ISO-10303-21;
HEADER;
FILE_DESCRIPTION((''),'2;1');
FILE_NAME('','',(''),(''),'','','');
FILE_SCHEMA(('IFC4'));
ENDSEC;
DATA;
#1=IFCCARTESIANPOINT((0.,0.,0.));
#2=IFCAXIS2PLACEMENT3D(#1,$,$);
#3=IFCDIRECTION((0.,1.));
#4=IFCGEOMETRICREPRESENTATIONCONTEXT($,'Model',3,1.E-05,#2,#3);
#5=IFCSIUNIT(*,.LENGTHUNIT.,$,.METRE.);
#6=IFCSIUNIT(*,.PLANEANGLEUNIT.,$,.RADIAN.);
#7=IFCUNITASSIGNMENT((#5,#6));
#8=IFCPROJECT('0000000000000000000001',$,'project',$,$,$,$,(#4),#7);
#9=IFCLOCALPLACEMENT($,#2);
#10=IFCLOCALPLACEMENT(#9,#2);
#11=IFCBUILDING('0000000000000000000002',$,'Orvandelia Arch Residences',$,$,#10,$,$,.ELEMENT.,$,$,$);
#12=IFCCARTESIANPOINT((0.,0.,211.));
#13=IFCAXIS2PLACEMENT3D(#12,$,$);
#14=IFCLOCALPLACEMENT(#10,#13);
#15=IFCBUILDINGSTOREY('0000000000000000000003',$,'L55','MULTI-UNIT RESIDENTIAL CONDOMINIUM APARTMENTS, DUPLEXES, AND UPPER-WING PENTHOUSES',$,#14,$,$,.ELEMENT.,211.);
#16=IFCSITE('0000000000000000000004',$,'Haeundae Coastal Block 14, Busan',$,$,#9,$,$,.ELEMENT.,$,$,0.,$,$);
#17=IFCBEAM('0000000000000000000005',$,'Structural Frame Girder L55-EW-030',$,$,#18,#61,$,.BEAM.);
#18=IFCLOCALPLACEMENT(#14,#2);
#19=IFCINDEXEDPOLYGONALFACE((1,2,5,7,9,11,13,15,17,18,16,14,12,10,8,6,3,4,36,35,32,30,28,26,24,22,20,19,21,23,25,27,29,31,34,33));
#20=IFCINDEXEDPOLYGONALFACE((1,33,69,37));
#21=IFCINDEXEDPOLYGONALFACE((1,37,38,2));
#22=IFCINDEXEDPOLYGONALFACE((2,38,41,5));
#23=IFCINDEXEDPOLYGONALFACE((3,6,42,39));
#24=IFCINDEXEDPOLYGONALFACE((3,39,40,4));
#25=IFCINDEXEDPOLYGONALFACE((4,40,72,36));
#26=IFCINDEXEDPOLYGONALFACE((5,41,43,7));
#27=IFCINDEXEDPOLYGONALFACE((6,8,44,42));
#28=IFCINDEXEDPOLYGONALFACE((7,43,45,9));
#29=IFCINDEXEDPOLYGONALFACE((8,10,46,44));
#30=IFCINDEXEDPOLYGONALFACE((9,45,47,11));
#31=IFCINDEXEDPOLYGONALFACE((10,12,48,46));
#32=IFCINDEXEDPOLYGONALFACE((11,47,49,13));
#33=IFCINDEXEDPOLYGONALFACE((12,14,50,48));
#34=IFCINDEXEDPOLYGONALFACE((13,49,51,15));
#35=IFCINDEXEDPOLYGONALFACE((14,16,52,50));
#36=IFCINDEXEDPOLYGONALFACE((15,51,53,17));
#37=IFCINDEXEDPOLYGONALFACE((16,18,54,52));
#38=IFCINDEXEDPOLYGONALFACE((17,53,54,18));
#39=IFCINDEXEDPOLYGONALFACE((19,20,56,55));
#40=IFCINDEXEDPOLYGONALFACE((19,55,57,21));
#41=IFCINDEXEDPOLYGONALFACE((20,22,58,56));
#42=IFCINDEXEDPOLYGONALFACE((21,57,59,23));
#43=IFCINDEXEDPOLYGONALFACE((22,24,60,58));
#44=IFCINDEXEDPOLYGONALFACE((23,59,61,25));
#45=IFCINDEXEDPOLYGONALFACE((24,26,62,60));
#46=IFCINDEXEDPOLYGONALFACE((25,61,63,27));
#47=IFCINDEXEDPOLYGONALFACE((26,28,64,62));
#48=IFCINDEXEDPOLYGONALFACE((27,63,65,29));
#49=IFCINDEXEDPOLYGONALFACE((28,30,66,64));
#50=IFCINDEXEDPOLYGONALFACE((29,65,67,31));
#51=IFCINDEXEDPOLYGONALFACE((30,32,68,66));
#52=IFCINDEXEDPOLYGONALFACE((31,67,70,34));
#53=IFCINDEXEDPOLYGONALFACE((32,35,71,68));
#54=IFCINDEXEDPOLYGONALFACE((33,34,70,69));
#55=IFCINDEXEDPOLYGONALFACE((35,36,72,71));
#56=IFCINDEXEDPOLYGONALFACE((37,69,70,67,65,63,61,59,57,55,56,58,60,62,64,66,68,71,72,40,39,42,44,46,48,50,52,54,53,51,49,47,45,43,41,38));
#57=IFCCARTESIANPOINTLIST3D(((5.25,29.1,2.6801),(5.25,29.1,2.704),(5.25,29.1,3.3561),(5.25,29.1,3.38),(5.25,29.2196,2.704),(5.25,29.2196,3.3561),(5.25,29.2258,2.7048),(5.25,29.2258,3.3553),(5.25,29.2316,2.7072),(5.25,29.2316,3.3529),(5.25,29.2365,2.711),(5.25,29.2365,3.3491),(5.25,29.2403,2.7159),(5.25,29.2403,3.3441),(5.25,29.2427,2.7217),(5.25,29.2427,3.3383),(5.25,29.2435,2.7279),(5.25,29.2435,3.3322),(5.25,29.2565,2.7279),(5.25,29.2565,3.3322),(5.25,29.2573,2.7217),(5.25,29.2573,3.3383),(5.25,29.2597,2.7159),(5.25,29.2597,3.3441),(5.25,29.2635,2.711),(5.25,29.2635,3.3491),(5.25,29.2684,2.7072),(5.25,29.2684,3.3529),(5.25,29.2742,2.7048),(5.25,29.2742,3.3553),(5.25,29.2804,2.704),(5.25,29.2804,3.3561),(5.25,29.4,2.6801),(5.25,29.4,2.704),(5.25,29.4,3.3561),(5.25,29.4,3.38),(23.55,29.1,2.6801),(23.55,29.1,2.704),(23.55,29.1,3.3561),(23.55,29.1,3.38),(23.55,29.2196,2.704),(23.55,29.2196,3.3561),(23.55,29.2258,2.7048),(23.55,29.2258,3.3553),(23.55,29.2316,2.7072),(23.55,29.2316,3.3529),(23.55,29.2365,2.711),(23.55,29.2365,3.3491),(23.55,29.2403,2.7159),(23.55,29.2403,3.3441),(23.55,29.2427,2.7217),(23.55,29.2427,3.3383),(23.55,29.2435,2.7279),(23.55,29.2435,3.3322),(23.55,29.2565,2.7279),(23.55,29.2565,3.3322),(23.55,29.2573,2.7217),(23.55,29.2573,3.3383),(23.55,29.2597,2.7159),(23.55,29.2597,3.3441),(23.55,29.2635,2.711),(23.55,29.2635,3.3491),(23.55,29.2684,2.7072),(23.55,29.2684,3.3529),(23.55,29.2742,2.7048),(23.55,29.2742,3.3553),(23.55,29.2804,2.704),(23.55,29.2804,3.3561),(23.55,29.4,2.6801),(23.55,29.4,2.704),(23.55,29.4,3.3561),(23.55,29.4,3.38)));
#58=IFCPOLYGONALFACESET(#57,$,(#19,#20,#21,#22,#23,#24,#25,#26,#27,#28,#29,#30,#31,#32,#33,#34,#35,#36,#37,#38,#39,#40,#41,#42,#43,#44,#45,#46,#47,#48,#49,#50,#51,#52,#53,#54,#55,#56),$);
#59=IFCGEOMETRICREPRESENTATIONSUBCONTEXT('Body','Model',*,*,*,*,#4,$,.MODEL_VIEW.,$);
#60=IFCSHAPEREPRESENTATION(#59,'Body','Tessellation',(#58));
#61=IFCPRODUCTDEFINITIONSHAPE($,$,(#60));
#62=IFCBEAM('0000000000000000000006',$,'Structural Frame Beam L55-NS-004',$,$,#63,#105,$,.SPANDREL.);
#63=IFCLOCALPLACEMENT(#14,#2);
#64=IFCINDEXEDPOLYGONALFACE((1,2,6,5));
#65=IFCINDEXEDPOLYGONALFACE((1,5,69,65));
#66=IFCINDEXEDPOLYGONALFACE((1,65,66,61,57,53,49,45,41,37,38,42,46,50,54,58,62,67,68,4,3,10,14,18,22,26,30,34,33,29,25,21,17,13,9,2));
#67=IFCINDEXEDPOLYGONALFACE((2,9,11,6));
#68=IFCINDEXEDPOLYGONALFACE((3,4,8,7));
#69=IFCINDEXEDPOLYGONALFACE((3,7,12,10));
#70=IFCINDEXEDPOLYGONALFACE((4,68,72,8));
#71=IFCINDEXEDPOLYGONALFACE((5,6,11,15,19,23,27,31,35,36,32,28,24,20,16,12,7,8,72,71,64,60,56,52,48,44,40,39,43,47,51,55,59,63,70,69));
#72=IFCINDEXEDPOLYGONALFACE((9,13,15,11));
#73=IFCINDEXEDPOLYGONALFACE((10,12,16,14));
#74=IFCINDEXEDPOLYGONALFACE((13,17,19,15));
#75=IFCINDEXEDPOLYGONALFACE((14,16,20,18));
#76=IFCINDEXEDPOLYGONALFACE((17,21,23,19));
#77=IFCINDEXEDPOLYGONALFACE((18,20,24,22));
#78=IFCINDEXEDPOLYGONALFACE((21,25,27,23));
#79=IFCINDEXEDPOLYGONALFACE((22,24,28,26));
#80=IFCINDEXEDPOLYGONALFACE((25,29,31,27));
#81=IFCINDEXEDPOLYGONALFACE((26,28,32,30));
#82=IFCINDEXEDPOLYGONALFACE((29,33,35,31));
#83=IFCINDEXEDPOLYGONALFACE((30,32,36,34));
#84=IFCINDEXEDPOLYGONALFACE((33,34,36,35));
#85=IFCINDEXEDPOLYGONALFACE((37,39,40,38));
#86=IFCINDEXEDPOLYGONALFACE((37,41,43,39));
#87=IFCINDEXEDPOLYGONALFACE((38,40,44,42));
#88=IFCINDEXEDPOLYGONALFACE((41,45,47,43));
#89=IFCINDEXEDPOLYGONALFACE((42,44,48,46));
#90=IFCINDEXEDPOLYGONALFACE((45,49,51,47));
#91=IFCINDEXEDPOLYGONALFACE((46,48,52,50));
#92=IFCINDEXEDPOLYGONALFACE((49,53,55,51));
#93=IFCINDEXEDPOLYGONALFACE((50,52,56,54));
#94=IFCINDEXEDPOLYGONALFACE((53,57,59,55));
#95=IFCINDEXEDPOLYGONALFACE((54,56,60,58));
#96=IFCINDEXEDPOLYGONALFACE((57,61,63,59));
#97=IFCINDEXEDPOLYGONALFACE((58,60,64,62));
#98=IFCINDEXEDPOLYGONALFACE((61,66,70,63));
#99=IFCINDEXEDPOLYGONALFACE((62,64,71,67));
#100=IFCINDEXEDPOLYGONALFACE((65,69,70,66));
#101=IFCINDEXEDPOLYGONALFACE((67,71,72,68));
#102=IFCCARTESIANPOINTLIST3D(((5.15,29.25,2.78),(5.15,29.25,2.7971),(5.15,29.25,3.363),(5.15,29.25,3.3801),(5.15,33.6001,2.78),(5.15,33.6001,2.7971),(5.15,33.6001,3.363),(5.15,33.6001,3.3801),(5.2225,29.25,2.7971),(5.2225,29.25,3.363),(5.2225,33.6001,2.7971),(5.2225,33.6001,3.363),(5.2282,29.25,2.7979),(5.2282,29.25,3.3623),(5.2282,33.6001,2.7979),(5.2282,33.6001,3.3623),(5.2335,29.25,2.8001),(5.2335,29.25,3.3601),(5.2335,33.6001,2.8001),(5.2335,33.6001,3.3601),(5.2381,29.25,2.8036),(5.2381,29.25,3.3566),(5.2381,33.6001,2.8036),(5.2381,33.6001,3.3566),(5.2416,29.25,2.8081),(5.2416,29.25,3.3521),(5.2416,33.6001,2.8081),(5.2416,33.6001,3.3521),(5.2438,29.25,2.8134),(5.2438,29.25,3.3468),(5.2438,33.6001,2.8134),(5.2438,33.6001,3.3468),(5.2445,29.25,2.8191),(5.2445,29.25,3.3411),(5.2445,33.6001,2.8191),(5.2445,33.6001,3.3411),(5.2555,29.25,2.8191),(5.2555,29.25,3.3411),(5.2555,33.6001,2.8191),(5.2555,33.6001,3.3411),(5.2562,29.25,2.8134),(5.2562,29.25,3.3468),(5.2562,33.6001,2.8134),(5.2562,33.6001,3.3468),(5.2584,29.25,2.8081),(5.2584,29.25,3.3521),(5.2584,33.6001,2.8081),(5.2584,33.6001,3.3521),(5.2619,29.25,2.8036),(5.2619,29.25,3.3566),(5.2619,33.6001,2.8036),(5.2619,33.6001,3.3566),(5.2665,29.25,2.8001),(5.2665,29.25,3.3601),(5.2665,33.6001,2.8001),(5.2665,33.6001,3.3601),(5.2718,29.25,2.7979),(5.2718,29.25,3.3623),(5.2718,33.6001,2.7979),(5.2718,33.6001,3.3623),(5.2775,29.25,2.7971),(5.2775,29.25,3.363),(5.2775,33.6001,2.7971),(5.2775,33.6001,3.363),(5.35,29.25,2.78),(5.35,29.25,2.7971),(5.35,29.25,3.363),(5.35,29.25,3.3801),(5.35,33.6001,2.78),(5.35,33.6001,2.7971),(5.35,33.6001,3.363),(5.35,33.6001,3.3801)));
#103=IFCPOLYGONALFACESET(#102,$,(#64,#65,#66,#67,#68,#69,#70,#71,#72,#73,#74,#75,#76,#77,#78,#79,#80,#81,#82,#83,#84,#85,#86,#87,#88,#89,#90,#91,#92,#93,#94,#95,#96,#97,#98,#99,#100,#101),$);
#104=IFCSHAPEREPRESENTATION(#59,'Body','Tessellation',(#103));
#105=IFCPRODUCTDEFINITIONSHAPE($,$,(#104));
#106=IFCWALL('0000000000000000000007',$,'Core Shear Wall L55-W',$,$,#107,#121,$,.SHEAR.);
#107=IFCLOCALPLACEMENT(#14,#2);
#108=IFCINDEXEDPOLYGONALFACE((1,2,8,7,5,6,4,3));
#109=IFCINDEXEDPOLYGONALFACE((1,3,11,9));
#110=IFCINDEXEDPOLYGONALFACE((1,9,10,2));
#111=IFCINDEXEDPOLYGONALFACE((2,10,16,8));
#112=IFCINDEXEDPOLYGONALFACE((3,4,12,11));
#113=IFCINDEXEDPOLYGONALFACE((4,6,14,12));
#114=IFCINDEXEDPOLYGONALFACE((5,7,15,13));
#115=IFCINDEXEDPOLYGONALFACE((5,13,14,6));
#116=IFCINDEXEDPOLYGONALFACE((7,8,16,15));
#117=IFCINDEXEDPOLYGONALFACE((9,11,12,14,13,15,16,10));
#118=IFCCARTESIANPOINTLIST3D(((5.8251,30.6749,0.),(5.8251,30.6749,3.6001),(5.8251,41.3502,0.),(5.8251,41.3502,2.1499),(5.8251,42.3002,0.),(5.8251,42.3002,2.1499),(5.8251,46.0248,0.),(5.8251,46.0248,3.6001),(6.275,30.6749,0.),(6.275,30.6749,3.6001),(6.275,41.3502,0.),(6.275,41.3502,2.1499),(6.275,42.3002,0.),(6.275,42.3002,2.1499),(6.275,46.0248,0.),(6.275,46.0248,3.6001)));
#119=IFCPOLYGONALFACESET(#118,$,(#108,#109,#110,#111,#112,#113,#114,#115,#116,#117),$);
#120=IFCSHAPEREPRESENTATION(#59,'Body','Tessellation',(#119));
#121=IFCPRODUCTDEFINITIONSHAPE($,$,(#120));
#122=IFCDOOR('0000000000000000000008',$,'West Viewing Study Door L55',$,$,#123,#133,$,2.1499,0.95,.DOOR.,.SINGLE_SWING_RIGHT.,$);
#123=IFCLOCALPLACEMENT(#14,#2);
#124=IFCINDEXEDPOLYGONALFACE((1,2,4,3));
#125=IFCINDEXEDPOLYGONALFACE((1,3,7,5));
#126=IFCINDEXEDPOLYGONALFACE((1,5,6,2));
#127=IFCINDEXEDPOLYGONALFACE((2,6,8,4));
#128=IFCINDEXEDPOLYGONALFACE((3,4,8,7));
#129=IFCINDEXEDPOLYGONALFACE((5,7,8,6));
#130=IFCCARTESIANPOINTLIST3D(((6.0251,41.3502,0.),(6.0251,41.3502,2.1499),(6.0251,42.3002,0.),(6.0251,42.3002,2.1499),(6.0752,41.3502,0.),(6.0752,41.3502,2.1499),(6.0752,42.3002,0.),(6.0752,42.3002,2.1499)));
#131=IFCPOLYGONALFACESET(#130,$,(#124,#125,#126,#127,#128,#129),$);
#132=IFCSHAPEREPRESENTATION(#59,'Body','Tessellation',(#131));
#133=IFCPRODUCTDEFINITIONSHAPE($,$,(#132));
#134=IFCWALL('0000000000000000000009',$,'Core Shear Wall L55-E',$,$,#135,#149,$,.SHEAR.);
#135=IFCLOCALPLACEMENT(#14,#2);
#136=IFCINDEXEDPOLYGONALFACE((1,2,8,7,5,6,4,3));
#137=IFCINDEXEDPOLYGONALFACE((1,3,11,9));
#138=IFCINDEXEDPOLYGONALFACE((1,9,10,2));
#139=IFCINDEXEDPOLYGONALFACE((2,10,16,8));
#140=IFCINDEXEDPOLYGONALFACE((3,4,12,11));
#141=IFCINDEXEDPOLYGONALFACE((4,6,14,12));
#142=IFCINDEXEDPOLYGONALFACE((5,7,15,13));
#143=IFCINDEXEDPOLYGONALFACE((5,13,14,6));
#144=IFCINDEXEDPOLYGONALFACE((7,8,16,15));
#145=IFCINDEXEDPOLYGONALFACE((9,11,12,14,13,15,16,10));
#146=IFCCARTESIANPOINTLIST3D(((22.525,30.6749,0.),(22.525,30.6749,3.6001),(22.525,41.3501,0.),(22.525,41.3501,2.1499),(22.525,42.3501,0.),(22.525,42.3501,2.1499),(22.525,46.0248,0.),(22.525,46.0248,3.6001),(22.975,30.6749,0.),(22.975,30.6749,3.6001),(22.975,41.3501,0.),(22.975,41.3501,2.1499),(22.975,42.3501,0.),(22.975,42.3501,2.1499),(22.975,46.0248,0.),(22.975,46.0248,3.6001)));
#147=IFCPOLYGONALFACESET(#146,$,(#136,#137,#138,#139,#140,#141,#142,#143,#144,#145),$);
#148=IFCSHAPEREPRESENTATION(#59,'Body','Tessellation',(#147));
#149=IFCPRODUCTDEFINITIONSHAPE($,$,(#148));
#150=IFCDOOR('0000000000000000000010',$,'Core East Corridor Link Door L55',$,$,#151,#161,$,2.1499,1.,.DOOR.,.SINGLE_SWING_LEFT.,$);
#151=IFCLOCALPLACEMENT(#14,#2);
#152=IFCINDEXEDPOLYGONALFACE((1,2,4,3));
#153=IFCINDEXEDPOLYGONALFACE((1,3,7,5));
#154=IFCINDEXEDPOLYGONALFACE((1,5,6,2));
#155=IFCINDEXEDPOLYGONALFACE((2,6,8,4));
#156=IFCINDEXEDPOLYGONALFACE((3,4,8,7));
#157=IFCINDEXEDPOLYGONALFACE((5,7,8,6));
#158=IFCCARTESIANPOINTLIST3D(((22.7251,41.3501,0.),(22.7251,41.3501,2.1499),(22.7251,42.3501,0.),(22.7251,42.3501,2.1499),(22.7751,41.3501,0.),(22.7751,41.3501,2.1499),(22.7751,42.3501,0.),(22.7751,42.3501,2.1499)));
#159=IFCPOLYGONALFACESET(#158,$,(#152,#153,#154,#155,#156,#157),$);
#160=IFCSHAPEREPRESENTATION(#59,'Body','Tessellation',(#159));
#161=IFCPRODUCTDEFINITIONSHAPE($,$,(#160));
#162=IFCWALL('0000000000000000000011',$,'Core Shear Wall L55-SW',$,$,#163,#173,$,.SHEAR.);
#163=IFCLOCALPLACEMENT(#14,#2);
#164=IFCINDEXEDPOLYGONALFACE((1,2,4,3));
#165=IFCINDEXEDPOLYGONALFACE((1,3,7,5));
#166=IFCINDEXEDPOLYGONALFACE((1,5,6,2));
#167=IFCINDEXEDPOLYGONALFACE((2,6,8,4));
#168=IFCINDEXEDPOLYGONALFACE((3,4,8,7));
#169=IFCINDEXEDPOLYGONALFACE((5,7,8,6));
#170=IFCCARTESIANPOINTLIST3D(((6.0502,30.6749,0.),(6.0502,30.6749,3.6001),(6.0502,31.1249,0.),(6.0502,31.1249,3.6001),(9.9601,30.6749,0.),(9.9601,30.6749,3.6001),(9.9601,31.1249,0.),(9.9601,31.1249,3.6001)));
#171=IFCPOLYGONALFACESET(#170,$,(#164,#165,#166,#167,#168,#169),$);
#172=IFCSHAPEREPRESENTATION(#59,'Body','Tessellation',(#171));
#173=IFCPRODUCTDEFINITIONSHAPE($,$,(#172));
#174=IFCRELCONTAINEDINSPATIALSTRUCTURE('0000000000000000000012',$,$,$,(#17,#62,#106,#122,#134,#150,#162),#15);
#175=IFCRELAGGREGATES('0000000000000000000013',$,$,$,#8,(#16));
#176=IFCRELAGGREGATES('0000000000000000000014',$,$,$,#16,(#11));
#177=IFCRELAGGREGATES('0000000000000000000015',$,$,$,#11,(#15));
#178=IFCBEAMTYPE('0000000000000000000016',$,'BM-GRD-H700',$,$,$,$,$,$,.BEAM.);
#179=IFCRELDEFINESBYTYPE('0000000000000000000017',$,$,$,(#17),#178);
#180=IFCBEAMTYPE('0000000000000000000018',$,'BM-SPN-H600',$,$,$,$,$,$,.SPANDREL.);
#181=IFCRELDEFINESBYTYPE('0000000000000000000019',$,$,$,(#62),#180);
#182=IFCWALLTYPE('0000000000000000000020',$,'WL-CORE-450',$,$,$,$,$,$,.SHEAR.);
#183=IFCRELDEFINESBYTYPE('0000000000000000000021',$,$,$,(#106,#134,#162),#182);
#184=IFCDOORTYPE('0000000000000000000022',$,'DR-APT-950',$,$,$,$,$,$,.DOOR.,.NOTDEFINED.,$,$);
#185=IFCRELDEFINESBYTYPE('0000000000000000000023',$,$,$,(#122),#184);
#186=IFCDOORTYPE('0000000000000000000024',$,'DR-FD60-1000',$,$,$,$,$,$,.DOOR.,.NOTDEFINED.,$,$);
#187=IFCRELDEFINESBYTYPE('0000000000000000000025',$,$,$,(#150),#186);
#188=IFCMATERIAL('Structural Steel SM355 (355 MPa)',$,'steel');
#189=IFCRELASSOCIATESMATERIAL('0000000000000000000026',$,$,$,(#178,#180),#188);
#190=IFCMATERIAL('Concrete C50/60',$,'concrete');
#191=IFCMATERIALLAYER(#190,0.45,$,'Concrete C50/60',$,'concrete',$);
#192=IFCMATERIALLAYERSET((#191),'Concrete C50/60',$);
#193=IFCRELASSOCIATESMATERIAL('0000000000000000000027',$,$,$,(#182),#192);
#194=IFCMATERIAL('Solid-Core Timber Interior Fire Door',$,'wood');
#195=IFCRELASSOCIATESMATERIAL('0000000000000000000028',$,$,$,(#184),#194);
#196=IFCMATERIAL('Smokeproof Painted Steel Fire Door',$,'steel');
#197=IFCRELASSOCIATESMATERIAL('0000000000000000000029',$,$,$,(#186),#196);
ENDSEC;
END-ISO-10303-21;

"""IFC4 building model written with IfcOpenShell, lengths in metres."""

from ifc_helpers import new_model, si_unit, direction, frame, frame_2d, origin, origin_2d, place, context, subcontext, project, spatial, rectangle, i_section, extrude, material, layer, layer_set, material_profile, profile_set, type_object, element, fill, save


model = new_model("IFC4")

# Units and contexts
model_context = context("Model", 3, precision=1e-05, world=origin(), true_north=direction((0.0, 1.0)))
body_context = subcontext(model_context, "Body", "Model", "MODEL_VIEW")
ifc_project = project(units=[si_unit("LENGTHUNIT", "METRE"), si_unit("PLANEANGLEUNIT", "RADIAN")], contexts=[model_context])

# Site, building, storey
site_placement = place(None, origin())
site = spatial("IfcSite", under=ifc_project, at=site_placement, Name="Haeundae Coastal Block 14, Busan", CompositionType="ELEMENT", RefElevation=0.0)
building_placement = place(site_placement, origin())
building = spatial("IfcBuilding", under=site, at=building_placement, Name="Orvandelia Arch Residences", CompositionType="ELEMENT")
storey_placement = place(building_placement, frame((0.0, 0.0, 211.0)))
storey = spatial("IfcBuildingStorey", under=building, at=storey_placement, Name="L55", Description="MULTI-UNIT RESIDENTIAL CONDOMINIUM APARTMENTS, DUPLEXES, AND UPPER-WING PENTHOUSES", CompositionType="ELEMENT", Elevation=211.0)

# Beams
ifc_material_1 = material(Name="Structural Steel SM355 (355 MPa)", Category="steel")
ifc_material_profile_1 = material_profile(ifc_material_1, i_section(OverallWidth=0.3, OverallDepth=0.7, WebThickness=0.0129, FlangeThickness=0.0239, FilletRadius=0.0239, at=origin_2d()), Name="Structural Steel SM355 (355 MPa)", Category="steel")
ifc_profile_set_1 = profile_set([ifc_material_profile_1], Name="Structural Steel SM355 (355 MPa)")
beam_type_1 = type_object("IfcBeamType", Name="BM-GRD-H700", PredefinedType="BEAM", material=ifc_profile_set_1)
beam_1_placement = place(storey_placement, frame((5.25, 29.25, 3.03), z_axis=(1.0, 0.0, 0.0), x_axis=(0.0, 1.0, 0.0)))
element("IfcBeam", 1, at=beam_1_placement, inside=storey, type_object=beam_type_1, Name="Structural Frame Girder L55-EW-030", PredefinedType="BEAM", context=body_context, shape_type="SweptSolid", body=[
    extrude(i_section(OverallWidth=0.3, OverallDepth=0.7, WebThickness=0.0129, FlangeThickness=0.0239, FilletRadius=0.0239, at=origin_2d()), origin(), (0.0, 0.0, 1.0), 18.3),
])
ifc_material_profile_2 = material_profile(ifc_material_1, i_section(OverallWidth=0.2, OverallDepth=0.6001, WebThickness=0.011, FlangeThickness=0.0171, FilletRadius=0.022, at=origin_2d()), Name="Structural Steel SM355 (355 MPa)", Category="steel")
ifc_profile_set_2 = profile_set([ifc_material_profile_2], Name="Structural Steel SM355 (355 MPa)")
beam_type_2 = type_object("IfcBeamType", Name="BM-SPN-H600", PredefinedType="SPANDREL", material=ifc_profile_set_2)
beam_2_placement = place(storey_placement, frame((5.25, 29.25, 3.0801), z_axis=(0.0, 1.0, 0.0), x_axis=(-1.0, 0.0, 0.0)))
element("IfcBeam", 2, at=beam_2_placement, inside=storey, type_object=beam_type_2, Name="Structural Frame Beam L55-NS-004", PredefinedType="SPANDREL", context=body_context, shape_type="SweptSolid", body=[
    extrude(i_section(OverallWidth=0.2, OverallDepth=0.6001, WebThickness=0.011, FlangeThickness=0.0171, FilletRadius=0.022, at=origin_2d()), origin(), (0.0, 0.0, 1.0), 4.3501),
])

# Walls, openings, doors
ifc_material_2 = material(Name="Concrete C50/60", Category="concrete")
ifc_layer_1 = layer(ifc_material_2, 0.45, Name="Concrete C50/60", Category="concrete")
ifc_layer_set_1 = layer_set([ifc_layer_1], Name="Concrete C50/60")
wall_type_1 = type_object("IfcWallType", Name="WL-CORE-450", PredefinedType="SHEAR", material=ifc_layer_set_1)
wall_1_placement = place(storey_placement, frame((6.05, 30.675, 0.0), z_axis=(0.0, 0.0, 1.0), x_axis=(0.0, 1.0, 0.0)))
wall_1 = element("IfcWall", 3, at=wall_1_placement, inside=storey, type_object=wall_type_1, Name="Core Shear Wall L55-W", PredefinedType="SHEAR", context=body_context, shape_type="SweptSolid", body=[
    extrude(rectangle(XDim=15.3499, YDim=0.45, at=frame_2d((7.6748, 0.0))), origin(), (0.0, 0.0, 1.0), 3.6001),
])
opening_1_placement = place(wall_1_placement, frame((10.675, 0.0, 0.0)))
opening_1 = element("IfcOpeningElement", 4, at=opening_1_placement, cuts=wall_1, PredefinedType="OPENING", context=body_context, shape_type="SweptSolid", body=[
    extrude(rectangle(XDim=0.95, YDim=2.1499, at=frame_2d((0.4751, 1.075))), frame((0.0, 0.2349, 0.0), z_axis=(0.0, -1.0, 0.0), x_axis=(1.0, 0.0, 0.0)), (0.0, 0.0, 1.0), 0.47),
])
ifc_material_3 = material(Name="Solid-Core Timber Interior Fire Door", Category="wood")
door_type_1 = type_object("IfcDoorType", Name="DR-APT-950", OperationType="NOTDEFINED", PredefinedType="DOOR", material=ifc_material_3)
door_1_placement = place(opening_1_placement, origin())
door_1 = element("IfcDoor", 5, at=door_1_placement, inside=storey, type_object=door_type_1, Name="West Viewing Study Door L55", OperationType="SINGLE_SWING_RIGHT", OverallHeight=2.1499, OverallWidth=0.95, PredefinedType="DOOR", context=body_context, shape_type="SweptSolid", body=[
    extrude(rectangle(XDim=0.95, YDim=2.1499, at=frame_2d((0.4751, 1.075))), frame((0.0, 0.0249, 0.0), z_axis=(0.0, -1.0, 0.0), x_axis=(1.0, 0.0, 0.0)), (0.0, 0.0, 1.0), 0.05),
])
fill(opening_1, door_1)
wall_2_placement = place(storey_placement, frame((22.75, 30.675, 0.0), z_axis=(0.0, 0.0, 1.0), x_axis=(0.0, 1.0, 0.0)))
wall_2 = element("IfcWall", 6, at=wall_2_placement, inside=storey, type_object=wall_type_1, Name="Core Shear Wall L55-E", PredefinedType="SHEAR", context=body_context, shape_type="SweptSolid", body=[
    extrude(rectangle(XDim=15.3499, YDim=0.45, at=frame_2d((7.6748, 0.0))), origin(), (0.0, 0.0, 1.0), 3.6001),
])
opening_2_placement = place(wall_2_placement, frame((10.675, 0.0, 0.0)))
opening_2 = element("IfcOpeningElement", 7, at=opening_2_placement, cuts=wall_2, PredefinedType="OPENING", context=body_context, shape_type="SweptSolid", body=[
    extrude(rectangle(XDim=1.0, YDim=2.1499, at=frame_2d((0.5, 1.075))), frame((0.0, 0.2349, 0.0), z_axis=(0.0, -1.0, 0.0), x_axis=(1.0, 0.0, 0.0)), (0.0, 0.0, 1.0), 0.47),
])
ifc_material_4 = material(Name="Smokeproof Painted Steel Fire Door", Category="steel")
door_type_2 = type_object("IfcDoorType", Name="DR-FD60-1000", OperationType="NOTDEFINED", PredefinedType="DOOR", material=ifc_material_4)
door_2_placement = place(opening_2_placement, origin())
door_2 = element("IfcDoor", 8, at=door_2_placement, inside=storey, type_object=door_type_2, Name="Core East Corridor Link Door L55", OperationType="SINGLE_SWING_LEFT", OverallHeight=2.1499, OverallWidth=1.0, PredefinedType="DOOR", context=body_context, shape_type="SweptSolid", body=[
    extrude(rectangle(XDim=1.0, YDim=2.1499, at=frame_2d((0.5, 1.075))), frame((0.0, 0.0249, 0.0), z_axis=(0.0, -1.0, 0.0), x_axis=(1.0, 0.0, 0.0)), (0.0, 0.0, 1.0), 0.05),
])
fill(opening_2, door_2)

# Wall
wall_3_placement = place(storey_placement, frame((6.05, 30.8999, 0.0), z_axis=(0.0, 0.0, 1.0), x_axis=(1.0, 0.0, 0.0)))
element("IfcWall", 9, at=wall_3_placement, inside=storey, type_object=wall_type_1, Name="Core Shear Wall L55-SW", PredefinedType="SHEAR", context=body_context, shape_type="SweptSolid", body=[
    extrude(rectangle(XDim=3.9099, YDim=0.45, at=frame_2d((1.9551, 0.0))), origin(), (0.0, 0.0, 1.0), 3.6001),
])

save(model, "model.ifc")
